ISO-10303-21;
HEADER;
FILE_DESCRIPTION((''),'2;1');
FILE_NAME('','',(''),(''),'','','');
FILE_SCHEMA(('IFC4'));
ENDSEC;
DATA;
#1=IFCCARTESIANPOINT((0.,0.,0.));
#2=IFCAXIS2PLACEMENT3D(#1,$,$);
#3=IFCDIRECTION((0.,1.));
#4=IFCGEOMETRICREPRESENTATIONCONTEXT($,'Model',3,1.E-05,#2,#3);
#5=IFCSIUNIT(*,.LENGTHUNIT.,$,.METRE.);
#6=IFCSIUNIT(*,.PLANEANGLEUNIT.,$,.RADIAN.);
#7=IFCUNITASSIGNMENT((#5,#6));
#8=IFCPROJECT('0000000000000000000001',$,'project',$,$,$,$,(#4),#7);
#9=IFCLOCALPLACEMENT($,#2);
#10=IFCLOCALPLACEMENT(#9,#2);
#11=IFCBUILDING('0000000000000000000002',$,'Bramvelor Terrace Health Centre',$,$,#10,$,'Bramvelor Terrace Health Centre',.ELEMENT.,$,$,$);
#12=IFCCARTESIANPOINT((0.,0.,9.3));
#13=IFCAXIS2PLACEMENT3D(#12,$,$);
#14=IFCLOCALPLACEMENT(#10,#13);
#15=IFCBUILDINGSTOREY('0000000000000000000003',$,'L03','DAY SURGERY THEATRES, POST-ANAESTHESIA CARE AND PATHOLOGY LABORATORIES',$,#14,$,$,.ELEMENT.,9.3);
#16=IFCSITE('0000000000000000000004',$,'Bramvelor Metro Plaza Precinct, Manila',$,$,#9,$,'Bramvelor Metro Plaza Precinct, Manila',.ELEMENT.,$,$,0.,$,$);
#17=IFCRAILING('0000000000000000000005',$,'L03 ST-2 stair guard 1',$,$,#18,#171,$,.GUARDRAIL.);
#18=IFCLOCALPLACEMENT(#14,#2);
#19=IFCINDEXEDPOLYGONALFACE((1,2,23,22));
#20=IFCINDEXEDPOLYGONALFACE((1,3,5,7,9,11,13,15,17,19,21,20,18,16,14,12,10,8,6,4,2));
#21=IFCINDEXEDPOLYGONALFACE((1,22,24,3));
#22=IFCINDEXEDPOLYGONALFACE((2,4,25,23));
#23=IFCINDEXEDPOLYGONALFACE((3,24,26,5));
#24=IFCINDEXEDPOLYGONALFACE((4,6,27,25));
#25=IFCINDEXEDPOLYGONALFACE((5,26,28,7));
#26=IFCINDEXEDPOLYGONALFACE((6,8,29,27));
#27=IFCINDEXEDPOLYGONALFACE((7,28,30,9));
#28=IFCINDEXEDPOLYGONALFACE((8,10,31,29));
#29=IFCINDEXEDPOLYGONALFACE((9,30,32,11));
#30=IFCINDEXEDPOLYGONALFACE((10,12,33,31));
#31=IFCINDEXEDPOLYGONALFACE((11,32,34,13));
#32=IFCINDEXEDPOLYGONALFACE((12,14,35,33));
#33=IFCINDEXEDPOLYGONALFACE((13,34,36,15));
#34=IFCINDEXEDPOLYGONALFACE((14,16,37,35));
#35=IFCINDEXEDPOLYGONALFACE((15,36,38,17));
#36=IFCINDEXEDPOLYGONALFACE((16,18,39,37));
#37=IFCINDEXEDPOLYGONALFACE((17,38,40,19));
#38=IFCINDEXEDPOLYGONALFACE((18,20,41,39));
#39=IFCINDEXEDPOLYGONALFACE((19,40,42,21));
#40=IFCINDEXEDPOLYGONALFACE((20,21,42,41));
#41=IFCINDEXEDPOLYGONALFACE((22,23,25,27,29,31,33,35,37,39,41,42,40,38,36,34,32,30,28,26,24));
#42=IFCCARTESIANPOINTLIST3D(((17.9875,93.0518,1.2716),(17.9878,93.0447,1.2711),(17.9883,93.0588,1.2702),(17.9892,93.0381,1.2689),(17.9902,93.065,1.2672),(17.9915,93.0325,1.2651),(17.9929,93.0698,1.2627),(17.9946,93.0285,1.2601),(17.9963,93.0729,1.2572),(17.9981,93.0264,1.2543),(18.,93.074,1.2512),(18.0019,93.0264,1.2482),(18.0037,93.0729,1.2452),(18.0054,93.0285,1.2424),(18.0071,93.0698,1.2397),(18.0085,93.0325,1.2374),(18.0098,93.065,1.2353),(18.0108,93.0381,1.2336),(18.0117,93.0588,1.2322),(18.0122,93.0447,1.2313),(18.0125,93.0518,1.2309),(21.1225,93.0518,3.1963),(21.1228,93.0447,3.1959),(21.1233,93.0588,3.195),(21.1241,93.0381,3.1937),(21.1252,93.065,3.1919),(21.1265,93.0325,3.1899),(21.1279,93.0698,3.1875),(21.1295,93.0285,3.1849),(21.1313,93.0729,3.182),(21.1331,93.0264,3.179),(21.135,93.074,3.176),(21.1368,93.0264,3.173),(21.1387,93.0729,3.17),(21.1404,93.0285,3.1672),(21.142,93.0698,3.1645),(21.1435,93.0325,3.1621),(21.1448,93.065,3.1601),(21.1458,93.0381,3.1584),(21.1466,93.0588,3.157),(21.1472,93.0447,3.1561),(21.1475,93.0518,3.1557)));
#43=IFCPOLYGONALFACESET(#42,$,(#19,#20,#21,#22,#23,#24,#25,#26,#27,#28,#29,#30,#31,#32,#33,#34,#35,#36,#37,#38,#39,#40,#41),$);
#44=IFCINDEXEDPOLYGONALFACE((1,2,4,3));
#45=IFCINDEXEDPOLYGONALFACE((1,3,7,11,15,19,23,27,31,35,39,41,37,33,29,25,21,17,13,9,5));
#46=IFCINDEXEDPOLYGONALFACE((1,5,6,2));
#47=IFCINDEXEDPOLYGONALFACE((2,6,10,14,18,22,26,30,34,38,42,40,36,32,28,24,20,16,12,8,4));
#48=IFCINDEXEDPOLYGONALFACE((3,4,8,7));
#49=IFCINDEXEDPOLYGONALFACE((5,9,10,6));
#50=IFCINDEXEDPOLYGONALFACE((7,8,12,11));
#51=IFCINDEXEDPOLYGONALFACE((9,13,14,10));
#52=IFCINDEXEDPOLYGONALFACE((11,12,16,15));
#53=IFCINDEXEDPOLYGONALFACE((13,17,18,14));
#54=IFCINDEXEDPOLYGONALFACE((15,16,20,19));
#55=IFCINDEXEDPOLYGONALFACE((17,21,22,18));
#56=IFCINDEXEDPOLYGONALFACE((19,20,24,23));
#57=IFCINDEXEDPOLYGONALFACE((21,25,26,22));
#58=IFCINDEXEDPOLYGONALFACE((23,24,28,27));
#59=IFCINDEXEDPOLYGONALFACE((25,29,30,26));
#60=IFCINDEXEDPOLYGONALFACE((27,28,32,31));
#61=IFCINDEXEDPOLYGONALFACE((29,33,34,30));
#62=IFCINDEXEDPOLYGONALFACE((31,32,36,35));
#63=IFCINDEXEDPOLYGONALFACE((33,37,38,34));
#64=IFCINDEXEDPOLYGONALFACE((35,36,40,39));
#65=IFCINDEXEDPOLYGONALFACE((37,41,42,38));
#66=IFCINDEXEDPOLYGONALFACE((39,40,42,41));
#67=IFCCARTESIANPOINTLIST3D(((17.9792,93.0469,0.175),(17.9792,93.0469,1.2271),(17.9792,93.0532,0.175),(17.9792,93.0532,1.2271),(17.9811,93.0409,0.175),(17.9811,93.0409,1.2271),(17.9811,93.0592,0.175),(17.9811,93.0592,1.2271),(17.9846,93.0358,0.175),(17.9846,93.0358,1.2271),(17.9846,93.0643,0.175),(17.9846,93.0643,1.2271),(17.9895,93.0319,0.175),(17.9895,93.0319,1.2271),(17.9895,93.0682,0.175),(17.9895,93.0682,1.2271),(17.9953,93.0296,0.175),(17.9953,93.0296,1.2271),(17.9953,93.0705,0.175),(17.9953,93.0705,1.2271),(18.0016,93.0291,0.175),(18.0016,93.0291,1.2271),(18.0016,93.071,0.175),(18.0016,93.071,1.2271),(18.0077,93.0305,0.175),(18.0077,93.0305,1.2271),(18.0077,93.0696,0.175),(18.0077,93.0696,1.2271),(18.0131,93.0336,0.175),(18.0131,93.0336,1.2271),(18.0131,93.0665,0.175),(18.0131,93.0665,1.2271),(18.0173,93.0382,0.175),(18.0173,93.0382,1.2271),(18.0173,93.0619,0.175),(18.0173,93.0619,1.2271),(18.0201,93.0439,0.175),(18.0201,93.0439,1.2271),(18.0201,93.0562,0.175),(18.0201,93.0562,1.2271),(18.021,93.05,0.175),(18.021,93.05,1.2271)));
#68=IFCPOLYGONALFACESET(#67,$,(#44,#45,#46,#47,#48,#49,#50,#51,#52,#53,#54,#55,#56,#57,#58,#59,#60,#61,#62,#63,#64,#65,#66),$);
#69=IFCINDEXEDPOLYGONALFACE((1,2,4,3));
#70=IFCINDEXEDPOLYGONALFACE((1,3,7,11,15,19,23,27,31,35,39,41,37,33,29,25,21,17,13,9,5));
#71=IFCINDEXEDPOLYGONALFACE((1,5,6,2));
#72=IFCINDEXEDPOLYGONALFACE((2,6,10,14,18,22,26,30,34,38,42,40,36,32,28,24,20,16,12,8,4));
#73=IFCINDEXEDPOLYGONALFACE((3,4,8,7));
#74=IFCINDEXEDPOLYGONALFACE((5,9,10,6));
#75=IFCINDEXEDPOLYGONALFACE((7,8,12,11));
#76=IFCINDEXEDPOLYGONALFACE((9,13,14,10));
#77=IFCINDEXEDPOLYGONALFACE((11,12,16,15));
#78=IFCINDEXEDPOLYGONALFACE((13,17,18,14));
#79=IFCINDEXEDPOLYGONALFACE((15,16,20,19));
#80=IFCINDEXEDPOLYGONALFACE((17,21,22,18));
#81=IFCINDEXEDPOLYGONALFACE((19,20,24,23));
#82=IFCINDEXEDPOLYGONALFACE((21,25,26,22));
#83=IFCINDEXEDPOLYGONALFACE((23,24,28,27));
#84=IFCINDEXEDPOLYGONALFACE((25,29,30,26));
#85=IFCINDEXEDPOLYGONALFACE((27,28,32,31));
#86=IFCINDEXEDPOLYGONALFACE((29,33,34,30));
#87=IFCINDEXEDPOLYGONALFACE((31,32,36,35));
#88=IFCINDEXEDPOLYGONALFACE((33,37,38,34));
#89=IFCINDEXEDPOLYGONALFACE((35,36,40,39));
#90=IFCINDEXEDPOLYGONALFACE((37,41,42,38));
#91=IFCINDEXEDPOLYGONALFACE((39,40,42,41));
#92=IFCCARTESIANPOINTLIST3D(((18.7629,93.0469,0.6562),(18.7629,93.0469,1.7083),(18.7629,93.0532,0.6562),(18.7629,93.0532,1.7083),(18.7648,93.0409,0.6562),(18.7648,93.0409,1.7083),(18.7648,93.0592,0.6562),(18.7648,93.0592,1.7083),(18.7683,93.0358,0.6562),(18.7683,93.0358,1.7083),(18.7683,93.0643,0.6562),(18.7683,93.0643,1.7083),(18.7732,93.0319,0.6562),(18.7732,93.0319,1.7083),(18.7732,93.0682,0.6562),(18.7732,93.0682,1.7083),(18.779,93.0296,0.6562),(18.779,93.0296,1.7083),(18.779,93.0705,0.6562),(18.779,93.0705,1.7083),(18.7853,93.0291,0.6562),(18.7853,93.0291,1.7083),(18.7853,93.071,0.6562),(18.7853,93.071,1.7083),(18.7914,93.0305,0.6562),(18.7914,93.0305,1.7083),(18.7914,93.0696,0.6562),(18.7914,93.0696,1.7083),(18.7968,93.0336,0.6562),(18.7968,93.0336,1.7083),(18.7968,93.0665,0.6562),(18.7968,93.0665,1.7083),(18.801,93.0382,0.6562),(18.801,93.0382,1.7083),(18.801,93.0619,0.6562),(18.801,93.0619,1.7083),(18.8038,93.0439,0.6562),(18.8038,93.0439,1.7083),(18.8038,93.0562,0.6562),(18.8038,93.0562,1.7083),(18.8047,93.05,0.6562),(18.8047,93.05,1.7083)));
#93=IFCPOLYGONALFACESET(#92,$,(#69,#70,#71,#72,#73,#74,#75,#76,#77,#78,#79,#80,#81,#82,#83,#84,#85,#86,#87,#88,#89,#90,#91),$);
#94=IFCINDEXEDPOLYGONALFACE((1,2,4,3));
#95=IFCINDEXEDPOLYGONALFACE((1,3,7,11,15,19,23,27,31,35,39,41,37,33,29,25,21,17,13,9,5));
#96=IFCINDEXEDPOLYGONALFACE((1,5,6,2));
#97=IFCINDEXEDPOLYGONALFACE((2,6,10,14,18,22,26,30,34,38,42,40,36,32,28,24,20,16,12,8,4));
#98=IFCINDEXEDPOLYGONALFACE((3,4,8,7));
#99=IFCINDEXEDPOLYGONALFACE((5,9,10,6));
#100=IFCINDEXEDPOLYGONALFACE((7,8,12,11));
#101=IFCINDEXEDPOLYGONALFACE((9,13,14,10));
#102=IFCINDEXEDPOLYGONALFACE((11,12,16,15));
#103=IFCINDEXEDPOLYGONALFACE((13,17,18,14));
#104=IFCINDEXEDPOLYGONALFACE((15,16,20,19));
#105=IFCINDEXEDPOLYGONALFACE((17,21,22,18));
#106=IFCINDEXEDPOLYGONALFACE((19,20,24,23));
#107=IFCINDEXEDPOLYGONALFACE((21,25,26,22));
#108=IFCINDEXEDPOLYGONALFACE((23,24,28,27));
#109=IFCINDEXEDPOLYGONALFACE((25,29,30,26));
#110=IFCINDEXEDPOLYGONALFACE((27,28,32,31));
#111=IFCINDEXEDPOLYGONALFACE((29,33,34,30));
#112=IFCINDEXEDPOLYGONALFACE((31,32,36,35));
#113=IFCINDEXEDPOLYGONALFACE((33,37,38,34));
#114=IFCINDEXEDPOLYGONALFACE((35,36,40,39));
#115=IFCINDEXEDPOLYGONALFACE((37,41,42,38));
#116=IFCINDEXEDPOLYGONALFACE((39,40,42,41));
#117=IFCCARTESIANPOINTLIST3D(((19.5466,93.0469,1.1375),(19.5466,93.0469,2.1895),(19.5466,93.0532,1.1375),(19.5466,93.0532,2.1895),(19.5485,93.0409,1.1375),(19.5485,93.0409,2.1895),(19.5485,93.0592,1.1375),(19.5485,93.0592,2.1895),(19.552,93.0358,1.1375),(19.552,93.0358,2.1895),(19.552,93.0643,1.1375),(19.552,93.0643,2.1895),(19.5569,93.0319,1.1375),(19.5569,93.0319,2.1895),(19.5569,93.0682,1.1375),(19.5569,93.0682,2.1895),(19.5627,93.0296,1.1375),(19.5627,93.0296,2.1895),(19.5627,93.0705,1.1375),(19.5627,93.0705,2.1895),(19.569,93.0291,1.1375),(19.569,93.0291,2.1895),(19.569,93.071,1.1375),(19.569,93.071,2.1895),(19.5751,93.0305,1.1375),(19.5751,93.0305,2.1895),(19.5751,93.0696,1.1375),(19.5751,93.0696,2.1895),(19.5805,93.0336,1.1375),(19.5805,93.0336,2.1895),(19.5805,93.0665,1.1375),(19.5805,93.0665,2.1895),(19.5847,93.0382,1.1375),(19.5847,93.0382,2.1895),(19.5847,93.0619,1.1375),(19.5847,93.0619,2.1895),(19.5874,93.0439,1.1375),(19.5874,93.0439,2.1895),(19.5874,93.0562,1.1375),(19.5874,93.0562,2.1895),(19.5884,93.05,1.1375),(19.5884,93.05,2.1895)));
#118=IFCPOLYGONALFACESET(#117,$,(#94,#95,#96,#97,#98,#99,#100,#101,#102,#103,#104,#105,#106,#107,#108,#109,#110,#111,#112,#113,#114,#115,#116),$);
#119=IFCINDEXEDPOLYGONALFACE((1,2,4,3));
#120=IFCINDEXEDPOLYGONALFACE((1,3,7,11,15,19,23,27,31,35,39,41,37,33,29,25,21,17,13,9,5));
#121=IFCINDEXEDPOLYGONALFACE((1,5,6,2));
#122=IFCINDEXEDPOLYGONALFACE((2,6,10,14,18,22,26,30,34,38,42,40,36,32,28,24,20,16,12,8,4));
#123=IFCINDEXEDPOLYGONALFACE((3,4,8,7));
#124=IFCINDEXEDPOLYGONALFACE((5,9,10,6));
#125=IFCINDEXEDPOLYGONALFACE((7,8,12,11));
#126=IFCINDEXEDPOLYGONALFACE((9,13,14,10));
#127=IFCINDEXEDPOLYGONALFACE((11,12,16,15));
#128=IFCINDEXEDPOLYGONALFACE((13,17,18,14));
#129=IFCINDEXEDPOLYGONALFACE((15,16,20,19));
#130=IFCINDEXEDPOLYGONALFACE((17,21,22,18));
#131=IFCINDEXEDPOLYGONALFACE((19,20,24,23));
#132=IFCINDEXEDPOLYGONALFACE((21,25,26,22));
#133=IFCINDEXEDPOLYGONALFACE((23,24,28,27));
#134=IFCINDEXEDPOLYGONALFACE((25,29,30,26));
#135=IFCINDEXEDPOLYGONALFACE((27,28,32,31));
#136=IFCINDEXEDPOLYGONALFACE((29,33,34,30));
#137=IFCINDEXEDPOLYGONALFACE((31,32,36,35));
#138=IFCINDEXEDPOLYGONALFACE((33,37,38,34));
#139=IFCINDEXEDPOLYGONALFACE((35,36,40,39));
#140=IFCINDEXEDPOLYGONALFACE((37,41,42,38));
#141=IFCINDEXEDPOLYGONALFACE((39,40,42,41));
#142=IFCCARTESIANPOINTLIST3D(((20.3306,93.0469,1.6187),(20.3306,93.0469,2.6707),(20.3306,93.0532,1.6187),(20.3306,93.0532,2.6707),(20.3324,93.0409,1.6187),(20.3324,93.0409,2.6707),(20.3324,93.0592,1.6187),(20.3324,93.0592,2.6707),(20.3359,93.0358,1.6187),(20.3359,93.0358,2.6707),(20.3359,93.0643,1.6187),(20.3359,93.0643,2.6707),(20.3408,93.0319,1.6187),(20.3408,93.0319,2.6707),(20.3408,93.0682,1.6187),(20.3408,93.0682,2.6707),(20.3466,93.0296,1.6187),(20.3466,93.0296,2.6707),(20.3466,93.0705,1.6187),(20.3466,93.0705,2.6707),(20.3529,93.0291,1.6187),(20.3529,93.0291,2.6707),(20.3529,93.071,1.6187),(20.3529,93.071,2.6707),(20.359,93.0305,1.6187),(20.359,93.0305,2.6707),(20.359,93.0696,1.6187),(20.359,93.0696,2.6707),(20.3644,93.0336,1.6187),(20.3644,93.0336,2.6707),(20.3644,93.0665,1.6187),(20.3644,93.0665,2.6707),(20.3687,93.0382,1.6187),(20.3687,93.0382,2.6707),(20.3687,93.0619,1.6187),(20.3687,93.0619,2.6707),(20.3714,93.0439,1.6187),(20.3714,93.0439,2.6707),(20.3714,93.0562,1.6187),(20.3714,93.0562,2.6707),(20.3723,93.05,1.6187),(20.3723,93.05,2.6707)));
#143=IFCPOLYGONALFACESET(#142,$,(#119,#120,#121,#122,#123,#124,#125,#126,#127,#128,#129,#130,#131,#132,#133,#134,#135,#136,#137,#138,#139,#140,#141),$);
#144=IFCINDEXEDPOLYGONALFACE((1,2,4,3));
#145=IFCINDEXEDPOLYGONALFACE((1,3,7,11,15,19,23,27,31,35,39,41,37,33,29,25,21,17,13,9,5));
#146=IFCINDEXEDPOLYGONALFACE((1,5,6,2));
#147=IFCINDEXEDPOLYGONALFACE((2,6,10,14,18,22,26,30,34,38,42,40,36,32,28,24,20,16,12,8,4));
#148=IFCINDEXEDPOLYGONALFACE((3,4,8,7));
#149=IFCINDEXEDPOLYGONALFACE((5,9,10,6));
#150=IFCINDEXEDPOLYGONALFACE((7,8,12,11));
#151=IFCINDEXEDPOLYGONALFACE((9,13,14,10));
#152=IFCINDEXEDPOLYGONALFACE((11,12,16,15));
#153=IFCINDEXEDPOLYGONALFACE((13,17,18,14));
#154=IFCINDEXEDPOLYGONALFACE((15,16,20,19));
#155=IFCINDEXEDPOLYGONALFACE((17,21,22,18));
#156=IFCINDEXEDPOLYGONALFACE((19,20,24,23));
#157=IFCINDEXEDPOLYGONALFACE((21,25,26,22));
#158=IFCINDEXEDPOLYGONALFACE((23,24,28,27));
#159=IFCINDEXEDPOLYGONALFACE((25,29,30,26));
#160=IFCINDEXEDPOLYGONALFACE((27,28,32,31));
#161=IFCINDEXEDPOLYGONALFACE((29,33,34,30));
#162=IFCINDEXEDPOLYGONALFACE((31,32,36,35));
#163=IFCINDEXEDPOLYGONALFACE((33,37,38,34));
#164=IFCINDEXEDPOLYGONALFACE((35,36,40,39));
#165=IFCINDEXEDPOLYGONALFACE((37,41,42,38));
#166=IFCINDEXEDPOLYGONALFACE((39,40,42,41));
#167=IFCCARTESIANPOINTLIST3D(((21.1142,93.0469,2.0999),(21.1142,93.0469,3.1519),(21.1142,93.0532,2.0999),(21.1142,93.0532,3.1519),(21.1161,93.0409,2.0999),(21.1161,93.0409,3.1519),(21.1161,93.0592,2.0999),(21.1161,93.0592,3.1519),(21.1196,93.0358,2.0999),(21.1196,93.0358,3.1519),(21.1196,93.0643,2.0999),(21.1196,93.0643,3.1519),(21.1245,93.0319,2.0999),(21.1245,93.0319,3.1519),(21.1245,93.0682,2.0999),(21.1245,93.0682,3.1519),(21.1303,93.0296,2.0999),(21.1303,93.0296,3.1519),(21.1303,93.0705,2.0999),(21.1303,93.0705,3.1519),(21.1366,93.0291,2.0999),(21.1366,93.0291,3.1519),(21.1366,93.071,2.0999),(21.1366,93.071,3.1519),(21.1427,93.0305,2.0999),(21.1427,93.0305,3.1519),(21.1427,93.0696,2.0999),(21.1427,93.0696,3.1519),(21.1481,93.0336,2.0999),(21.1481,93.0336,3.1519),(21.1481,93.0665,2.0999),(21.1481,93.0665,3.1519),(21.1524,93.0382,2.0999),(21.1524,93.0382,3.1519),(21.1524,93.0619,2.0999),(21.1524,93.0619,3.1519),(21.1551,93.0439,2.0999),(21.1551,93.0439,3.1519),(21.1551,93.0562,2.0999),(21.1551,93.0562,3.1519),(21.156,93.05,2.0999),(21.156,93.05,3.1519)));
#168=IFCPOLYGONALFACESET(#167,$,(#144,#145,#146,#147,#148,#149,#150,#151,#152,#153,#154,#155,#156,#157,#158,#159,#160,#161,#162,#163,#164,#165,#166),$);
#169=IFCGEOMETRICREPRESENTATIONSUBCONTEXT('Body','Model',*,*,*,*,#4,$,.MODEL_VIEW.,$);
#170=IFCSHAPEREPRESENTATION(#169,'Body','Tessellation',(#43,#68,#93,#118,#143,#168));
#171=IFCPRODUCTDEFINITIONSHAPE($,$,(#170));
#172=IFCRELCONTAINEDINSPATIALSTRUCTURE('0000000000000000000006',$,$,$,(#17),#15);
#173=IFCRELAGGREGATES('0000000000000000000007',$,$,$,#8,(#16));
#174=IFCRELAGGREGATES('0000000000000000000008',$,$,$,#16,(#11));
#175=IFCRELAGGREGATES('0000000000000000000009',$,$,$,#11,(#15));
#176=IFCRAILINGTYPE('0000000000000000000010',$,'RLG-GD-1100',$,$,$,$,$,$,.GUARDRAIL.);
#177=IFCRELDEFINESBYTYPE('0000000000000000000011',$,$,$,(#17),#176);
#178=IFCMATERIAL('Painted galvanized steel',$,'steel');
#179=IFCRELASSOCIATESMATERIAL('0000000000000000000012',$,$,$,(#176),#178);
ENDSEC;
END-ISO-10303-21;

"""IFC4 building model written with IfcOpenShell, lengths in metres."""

from ifc_helpers import new_model, si_unit, direction, frame, origin, origin_2d, place, context, subcontext, project, spatial, circle, extrude, material, type_object, element, save


model = new_model("IFC4")

# Units and contexts
model_context = context("Model", 3, precision=1e-05, world=origin(), true_north=direction((0.0, 1.0)))
body_context = subcontext(model_context, "Body", "Model", "MODEL_VIEW")
ifc_project = project(units=[si_unit("LENGTHUNIT", "METRE"), si_unit("PLANEANGLEUNIT", "RADIAN")], contexts=[model_context])

# Site, building, storey
site_placement = place(None, origin())
site = spatial("IfcSite", under=ifc_project, at=site_placement, Name="Bramvelor Metro Plaza Precinct, Manila", LongName="Bramvelor Metro Plaza Precinct, Manila", CompositionType="ELEMENT", RefElevation=0.0)
building_placement = place(site_placement, origin())
building = spatial("IfcBuilding", under=site, at=building_placement, Name="Bramvelor Terrace Health Centre", LongName="Bramvelor Terrace Health Centre", CompositionType="ELEMENT")
storey_placement = place(building_placement, frame((0.0, 0.0, 9.3)))
storey = spatial("IfcBuildingStorey", under=building, at=storey_placement, Name="L03", Description="DAY SURGERY THEATRES, POST-ANAESTHESIA CARE AND PATHOLOGY LABORATORIES", CompositionType="ELEMENT", Elevation=9.3)

# Railing
ifc_material_1 = material(Name="Painted galvanized steel", Category="steel")
railing_type_1 = type_object("IfcRailingType", Name="RLG-GD-1100", PredefinedType="GUARDRAIL", material=ifc_material_1)
railing_1_placement = place(storey_placement, frame((18.0, 93.05, 0.175)))
element("IfcRailing", 1, at=railing_1_placement, inside=storey, type_object=railing_type_1, Name="L03 ST-2 stair guard 1", PredefinedType="GUARDRAIL", context=body_context, shape_type="SweptSolid", body=[
    extrude(circle(Radius=0.0239, at=origin_2d()), frame((0.0, 0.0, 1.0762), z_axis=(0.852196, 0.0, 0.523223), x_axis=(0.0, 1.0, 0.0)), (0.0, 0.0, 1.0), 3.6787),
    extrude(circle(Radius=0.021, at=origin_2d()), origin(), (0.0, 0.0, 1.0), 1.052),
    extrude(circle(Radius=0.021, at=origin_2d()), frame((0.7837, 0.0, 0.4812)), (0.0, 0.0, 1.0), 1.052),
    extrude(circle(Radius=0.021, at=origin_2d()), frame((1.5674, 0.0, 0.9624)), (0.0, 0.0, 1.0), 1.052),
    extrude(circle(Radius=0.021, at=origin_2d()), frame((2.3513, 0.0, 1.4436)), (0.0, 0.0, 1.0), 1.052),
    extrude(circle(Radius=0.021, at=origin_2d()), frame((3.135, 0.0, 1.9248)), (0.0, 0.0, 1.0), 1.052),
])

save(model, "model.ifc")
